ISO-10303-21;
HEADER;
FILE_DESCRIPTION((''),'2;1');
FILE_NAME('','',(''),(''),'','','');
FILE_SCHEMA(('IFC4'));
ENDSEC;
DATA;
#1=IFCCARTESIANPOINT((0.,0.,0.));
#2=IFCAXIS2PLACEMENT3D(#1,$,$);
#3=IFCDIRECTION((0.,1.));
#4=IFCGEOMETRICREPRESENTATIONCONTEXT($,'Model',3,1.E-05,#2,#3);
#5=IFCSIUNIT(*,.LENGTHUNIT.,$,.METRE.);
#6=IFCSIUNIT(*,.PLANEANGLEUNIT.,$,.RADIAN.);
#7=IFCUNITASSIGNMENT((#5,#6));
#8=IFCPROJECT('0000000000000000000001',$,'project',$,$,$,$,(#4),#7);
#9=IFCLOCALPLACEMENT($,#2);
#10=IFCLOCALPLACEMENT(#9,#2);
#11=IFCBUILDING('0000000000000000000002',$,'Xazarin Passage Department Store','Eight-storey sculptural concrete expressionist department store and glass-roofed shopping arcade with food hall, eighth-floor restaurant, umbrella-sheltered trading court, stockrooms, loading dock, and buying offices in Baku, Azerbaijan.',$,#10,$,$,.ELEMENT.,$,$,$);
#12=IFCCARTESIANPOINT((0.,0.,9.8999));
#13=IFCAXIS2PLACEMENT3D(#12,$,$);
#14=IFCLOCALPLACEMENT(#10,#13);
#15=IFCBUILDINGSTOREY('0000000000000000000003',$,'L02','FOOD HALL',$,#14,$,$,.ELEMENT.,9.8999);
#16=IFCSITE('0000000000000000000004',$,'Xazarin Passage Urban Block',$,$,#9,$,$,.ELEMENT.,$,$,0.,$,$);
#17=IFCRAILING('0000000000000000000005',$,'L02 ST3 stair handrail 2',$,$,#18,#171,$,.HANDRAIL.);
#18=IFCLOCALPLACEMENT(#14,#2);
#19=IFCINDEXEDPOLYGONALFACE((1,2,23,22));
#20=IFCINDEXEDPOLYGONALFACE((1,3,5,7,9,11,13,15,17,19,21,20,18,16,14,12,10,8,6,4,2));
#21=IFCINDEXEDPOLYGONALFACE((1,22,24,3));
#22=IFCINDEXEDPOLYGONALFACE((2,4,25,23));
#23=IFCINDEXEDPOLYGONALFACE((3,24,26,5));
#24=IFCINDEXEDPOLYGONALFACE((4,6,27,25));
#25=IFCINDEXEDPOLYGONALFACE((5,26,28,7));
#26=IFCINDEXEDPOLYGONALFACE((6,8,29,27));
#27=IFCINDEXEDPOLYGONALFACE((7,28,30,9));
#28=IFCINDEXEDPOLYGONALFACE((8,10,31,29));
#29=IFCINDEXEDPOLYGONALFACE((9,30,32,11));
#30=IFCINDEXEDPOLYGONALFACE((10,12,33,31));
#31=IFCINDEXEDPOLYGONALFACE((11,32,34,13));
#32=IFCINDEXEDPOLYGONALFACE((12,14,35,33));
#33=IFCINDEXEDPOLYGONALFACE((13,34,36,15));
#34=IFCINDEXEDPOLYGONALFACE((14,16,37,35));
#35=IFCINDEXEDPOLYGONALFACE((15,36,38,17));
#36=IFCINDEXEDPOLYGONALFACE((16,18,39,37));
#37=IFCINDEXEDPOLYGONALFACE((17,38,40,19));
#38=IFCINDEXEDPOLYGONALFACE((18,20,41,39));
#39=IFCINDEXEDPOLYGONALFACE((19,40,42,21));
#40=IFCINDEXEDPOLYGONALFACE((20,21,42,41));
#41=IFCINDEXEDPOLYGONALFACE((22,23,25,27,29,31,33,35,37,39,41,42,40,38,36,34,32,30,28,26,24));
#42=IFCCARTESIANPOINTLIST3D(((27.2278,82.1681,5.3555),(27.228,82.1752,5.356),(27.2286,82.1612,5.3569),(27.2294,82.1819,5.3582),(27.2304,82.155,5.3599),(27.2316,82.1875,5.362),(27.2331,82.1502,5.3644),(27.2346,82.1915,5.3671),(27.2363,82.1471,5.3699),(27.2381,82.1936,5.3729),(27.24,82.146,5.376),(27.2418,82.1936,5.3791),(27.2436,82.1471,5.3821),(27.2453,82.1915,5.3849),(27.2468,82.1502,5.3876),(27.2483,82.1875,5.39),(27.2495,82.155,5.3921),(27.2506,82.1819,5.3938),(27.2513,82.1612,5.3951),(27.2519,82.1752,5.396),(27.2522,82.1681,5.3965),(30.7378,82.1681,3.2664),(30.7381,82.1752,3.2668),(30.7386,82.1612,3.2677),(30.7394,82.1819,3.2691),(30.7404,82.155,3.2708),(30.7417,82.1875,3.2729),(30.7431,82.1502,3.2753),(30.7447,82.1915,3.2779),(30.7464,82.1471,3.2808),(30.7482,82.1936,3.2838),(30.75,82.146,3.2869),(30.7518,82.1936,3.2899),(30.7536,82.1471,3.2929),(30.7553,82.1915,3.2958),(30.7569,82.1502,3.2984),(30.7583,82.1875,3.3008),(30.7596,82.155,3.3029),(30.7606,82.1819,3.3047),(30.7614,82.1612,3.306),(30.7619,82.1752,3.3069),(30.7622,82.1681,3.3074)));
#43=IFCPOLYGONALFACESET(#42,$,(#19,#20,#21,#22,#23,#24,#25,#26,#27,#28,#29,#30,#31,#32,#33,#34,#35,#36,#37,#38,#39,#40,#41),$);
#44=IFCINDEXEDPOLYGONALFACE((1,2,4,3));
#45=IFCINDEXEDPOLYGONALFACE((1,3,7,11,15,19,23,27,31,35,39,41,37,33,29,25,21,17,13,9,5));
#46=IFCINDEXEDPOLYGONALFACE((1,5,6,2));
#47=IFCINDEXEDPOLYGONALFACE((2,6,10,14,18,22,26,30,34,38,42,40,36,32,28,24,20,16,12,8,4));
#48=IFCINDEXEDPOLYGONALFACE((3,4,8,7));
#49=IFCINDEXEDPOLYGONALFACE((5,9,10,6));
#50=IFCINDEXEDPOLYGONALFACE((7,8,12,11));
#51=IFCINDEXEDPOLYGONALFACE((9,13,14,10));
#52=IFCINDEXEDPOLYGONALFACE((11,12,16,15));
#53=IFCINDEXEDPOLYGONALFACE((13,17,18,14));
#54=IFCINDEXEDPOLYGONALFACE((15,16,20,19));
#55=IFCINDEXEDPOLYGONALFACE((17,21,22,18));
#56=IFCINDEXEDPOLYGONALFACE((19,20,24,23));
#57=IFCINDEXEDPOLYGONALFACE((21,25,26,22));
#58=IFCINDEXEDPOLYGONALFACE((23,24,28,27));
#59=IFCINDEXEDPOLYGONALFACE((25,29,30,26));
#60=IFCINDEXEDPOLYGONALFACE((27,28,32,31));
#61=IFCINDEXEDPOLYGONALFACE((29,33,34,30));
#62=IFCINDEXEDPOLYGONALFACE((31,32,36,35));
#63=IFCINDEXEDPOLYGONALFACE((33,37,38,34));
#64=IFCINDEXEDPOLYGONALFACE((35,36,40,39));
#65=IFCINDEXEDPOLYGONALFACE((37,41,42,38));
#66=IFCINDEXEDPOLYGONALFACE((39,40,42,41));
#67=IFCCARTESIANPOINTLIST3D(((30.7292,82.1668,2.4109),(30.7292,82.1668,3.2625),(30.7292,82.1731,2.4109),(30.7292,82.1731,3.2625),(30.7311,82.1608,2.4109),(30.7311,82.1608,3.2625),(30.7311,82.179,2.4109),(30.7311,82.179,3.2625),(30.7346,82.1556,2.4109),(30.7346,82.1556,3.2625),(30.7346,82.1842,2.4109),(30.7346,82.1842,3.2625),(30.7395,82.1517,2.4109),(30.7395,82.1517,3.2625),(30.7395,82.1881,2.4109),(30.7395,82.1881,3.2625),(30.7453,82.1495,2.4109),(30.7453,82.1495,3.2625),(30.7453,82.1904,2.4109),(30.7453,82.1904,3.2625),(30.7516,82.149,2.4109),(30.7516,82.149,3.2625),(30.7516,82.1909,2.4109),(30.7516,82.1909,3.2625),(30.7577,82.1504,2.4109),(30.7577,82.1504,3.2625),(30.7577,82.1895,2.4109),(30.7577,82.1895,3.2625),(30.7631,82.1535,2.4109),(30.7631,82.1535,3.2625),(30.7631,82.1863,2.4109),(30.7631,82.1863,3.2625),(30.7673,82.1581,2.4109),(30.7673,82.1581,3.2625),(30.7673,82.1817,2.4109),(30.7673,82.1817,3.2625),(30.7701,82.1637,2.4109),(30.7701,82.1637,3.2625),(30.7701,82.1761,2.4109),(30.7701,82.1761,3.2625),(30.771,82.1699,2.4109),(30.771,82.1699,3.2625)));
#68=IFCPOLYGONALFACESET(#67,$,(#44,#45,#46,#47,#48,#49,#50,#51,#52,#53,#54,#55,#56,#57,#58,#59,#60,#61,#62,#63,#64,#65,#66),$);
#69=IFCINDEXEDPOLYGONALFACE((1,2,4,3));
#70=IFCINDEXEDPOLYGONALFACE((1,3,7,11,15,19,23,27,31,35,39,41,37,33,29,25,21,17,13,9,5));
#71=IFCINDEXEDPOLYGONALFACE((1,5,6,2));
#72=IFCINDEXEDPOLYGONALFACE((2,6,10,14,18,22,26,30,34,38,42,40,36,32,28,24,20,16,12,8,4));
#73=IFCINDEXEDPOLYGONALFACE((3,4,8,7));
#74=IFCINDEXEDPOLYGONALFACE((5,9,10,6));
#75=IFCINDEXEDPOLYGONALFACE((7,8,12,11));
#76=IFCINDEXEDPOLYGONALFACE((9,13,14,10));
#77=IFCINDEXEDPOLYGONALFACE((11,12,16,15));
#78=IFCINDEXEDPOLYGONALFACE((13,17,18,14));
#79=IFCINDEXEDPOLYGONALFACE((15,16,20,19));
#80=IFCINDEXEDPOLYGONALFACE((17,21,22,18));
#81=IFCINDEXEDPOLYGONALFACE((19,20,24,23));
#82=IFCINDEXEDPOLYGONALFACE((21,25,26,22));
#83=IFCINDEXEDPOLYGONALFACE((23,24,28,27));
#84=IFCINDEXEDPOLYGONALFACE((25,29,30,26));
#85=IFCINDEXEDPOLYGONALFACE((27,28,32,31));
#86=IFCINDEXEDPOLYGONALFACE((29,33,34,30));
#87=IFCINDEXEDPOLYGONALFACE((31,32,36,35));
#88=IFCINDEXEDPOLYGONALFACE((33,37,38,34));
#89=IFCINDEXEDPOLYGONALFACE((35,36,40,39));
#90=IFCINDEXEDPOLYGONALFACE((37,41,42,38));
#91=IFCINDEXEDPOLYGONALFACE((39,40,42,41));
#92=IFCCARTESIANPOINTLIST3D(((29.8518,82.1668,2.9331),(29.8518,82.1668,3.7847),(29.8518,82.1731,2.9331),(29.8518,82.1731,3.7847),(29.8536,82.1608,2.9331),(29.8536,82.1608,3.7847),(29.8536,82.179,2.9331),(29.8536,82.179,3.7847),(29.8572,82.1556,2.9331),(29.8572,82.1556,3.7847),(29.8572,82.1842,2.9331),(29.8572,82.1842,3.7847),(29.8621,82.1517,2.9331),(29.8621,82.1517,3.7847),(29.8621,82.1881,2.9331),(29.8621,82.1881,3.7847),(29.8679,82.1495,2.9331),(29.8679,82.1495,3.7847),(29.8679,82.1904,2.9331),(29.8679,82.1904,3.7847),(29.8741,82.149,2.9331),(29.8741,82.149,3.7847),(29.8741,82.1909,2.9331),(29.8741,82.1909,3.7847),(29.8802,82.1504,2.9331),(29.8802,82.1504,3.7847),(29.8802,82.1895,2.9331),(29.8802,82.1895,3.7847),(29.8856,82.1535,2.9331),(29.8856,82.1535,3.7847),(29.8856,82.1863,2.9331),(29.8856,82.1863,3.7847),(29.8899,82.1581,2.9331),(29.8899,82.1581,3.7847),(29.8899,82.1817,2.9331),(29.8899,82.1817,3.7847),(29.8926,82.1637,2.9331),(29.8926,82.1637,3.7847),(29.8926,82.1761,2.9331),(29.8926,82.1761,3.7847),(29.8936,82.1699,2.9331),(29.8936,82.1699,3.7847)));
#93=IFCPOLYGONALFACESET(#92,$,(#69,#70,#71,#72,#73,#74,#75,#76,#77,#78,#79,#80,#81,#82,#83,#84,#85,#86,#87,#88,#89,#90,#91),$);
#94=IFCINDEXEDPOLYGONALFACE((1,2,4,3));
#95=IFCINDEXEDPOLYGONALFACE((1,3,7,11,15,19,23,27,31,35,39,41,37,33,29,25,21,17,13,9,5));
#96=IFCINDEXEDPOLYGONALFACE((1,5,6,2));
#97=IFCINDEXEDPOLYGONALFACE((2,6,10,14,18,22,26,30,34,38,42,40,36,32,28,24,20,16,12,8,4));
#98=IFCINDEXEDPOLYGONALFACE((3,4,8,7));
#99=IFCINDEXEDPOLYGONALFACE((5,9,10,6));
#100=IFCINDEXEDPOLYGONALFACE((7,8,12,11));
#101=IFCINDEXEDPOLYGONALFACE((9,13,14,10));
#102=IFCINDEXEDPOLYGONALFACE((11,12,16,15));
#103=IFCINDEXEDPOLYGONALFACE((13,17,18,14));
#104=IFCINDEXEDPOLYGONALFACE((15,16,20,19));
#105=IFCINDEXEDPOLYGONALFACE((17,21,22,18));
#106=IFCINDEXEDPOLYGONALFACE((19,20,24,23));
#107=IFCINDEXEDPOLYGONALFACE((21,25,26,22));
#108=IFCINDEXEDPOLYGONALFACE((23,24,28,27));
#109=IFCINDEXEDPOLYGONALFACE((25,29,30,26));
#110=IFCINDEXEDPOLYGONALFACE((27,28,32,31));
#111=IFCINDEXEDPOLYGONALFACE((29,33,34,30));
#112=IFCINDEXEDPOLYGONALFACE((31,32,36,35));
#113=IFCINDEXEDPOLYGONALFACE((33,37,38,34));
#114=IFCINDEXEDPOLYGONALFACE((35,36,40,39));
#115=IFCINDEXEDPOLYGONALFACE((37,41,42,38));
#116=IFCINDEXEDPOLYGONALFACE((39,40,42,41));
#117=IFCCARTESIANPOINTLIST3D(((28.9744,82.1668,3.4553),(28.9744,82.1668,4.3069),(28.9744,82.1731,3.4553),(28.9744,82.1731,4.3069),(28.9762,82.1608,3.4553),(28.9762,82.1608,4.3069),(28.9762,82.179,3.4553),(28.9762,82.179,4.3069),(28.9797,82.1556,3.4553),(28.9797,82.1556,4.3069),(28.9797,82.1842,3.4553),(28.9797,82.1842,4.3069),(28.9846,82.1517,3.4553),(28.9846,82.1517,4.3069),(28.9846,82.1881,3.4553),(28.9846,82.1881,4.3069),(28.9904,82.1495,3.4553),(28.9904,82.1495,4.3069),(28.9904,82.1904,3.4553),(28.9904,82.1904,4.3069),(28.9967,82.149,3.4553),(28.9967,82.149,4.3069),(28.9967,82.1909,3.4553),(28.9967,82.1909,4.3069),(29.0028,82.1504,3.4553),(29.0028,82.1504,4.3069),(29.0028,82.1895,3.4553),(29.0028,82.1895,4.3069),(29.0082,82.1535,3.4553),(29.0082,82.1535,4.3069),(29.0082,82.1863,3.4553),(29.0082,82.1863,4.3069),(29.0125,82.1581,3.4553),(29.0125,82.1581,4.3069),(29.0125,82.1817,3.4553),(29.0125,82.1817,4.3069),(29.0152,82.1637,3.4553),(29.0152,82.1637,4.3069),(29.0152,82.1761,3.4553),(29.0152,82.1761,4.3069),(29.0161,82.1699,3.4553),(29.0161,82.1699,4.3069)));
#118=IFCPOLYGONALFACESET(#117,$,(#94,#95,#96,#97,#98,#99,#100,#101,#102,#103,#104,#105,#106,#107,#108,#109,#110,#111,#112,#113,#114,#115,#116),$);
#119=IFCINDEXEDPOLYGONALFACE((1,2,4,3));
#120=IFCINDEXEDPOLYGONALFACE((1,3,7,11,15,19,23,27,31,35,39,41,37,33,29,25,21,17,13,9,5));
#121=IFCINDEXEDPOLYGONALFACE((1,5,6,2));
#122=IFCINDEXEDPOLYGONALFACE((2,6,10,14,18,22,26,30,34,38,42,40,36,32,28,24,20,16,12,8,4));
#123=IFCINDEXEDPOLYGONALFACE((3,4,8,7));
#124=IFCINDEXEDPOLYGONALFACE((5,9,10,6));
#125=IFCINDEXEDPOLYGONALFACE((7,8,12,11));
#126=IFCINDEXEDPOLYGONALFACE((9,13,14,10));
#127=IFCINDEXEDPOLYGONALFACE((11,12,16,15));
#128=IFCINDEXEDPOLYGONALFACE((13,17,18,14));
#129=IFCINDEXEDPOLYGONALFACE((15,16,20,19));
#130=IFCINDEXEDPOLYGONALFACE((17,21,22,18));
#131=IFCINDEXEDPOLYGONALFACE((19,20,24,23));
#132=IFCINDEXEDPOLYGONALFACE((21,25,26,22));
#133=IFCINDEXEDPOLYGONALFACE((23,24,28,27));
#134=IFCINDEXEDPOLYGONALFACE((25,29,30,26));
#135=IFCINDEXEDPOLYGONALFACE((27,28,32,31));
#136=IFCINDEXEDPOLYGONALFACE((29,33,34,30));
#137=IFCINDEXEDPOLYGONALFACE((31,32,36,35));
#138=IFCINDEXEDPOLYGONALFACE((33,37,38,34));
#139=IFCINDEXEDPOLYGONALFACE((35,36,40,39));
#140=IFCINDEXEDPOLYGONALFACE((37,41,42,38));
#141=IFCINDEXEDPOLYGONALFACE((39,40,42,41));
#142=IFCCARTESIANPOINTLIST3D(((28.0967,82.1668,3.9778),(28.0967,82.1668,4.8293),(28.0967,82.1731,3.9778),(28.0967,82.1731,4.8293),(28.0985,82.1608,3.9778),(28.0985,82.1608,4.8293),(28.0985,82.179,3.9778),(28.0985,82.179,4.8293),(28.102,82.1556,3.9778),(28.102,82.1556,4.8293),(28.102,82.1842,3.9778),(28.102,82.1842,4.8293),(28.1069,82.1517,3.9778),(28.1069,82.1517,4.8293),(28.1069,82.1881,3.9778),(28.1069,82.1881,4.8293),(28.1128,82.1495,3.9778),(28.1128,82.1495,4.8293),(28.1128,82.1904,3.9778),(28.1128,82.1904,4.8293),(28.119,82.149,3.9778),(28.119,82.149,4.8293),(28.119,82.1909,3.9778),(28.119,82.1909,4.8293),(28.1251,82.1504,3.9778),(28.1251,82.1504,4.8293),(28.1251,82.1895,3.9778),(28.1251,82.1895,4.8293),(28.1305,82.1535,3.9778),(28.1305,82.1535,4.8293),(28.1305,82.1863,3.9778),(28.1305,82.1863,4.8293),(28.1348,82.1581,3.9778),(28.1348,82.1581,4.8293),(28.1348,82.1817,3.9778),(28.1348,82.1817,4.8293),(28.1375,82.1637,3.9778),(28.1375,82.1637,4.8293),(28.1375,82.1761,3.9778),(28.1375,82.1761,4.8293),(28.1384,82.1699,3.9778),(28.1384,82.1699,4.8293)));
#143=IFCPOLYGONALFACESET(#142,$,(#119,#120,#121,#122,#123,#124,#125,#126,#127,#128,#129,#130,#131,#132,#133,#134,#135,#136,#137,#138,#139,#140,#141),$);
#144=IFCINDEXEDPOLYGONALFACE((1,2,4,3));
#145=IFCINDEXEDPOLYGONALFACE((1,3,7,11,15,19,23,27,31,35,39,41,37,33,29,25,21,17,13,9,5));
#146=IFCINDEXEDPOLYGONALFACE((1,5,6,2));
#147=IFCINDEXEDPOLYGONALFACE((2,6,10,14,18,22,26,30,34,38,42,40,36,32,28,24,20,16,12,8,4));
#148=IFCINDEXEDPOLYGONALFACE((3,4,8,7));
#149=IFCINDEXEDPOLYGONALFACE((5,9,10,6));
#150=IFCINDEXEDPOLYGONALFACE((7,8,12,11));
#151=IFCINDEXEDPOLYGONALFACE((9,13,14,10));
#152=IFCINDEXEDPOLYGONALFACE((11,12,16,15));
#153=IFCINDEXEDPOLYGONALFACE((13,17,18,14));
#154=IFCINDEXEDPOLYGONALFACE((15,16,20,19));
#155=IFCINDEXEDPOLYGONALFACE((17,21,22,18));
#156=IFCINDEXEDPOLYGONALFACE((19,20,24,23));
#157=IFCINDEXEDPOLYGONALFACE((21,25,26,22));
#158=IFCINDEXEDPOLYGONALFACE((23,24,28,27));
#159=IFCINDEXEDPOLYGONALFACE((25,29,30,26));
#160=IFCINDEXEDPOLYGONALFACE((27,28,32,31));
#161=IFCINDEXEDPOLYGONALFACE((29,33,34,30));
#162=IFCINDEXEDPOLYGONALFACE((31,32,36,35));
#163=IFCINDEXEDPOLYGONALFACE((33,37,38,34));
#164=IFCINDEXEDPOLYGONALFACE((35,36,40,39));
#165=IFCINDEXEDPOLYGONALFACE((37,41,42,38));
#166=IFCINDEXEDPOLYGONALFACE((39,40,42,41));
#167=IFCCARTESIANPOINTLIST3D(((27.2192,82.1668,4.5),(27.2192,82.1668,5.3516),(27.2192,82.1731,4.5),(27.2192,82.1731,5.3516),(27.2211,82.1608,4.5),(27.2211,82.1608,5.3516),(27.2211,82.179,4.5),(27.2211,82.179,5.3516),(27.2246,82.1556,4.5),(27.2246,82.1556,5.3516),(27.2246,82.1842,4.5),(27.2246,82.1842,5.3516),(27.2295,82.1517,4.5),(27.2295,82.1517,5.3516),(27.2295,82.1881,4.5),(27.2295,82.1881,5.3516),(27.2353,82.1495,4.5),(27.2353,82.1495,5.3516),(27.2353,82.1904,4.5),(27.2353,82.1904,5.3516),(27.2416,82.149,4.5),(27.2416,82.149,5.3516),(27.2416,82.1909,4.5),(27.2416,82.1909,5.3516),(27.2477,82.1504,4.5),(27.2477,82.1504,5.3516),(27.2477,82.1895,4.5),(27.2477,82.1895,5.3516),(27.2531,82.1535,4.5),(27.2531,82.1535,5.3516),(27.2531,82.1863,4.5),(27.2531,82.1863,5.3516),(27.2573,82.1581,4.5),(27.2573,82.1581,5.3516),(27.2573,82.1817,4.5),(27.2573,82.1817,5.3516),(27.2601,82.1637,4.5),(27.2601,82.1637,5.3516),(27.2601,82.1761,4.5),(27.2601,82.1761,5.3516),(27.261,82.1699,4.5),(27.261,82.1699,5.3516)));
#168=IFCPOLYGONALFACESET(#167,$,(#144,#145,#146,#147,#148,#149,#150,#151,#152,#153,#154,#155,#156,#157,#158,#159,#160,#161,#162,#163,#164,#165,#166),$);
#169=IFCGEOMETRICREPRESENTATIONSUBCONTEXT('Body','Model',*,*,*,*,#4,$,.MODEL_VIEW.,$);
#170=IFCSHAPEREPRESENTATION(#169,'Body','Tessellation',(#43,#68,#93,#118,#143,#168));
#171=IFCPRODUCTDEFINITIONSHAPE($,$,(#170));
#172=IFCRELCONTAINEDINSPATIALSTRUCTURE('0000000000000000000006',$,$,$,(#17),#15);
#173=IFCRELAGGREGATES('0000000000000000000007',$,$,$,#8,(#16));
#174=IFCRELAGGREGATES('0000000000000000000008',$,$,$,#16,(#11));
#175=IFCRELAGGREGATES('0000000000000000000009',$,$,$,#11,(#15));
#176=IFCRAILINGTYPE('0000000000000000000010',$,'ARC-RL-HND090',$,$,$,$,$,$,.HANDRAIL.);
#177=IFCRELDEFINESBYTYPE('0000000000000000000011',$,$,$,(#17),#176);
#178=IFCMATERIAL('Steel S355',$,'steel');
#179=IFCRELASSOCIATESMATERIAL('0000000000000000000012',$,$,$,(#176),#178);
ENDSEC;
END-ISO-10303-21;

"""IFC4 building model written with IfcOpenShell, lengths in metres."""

from ifc_helpers import new_model, si_unit, direction, frame, origin, origin_2d, place, context, subcontext, project, spatial, circle, extrude, material, type_object, element, save


model = new_model("IFC4")

# Units and contexts
model_context = context("Model", 3, precision=1e-05, world=origin(), true_north=direction((0.0, 1.0)))
body_context = subcontext(model_context, "Body", "Model", "MODEL_VIEW")
ifc_project = project(units=[si_unit("LENGTHUNIT", "METRE"), si_unit("PLANEANGLEUNIT", "RADIAN")], contexts=[model_context])

# Site, building, storey
site_placement = place(None, origin())
site = spatial("IfcSite", under=ifc_project, at=site_placement, Name="Xazarin Passage Urban Block", CompositionType="ELEMENT", RefElevation=0.0)
building_placement = place(site_placement, origin())
building = spatial("IfcBuilding", under=site, at=building_placement, Name="Xazarin Passage Department Store", Description="Eight-storey sculptural concrete expressionist department store and glass-roofed shopping arcade with food hall, eighth-floor restaurant, umbrella-sheltered trading court, stockrooms, loading dock, and buying offices in Baku, Azerbaijan.", CompositionType="ELEMENT")
storey_placement = place(building_placement, frame((0.0, 0.0, 9.8999)))
storey = spatial("IfcBuildingStorey", under=building, at=storey_placement, Name="L02", Description="FOOD HALL", CompositionType="ELEMENT", Elevation=9.8999)

# Shared definitions
ifc_material_1 = material(Name="Steel S355", Category="steel")

# Railing
railing_type_1 = type_object("IfcRailingType", Name="ARC-RL-HND090", PredefinedType="HANDRAIL", material=ifc_material_1)
railing_1_placement = place(storey_placement, frame((30.75, 82.1699, 2.4109)))
element("IfcRailing", 1, at=railing_1_placement, inside=storey, type_object=railing_type_1, Name="L02 ST3 stair handrail 2", PredefinedType="HANDRAIL", context=body_context, shape_type="SweptSolid", body=[
    extrude(circle(Radius=0.0239, at=origin_2d()), frame((0.0, 0.0, 0.876), z_axis=(-0.859312, 0.0, 0.511451), x_axis=(0.0, -1.0, 0.0)), (0.0, 0.0, 1.0), 4.0847),
    extrude(circle(Radius=0.021, at=origin_2d()), origin(), (0.0, 0.0, 1.0), 0.8516),
    extrude(circle(Radius=0.021, at=origin_2d()), frame((-0.8774, 0.0, 0.5222)), (0.0, 0.0, 1.0), 0.8516),
    extrude(circle(Radius=0.021, at=origin_2d()), frame((-1.7549, 0.0, 1.0444)), (0.0, 0.0, 1.0), 0.8516),
    extrude(circle(Radius=0.021, at=origin_2d()), frame((-2.6326, 0.0, 1.5669)), (0.0, 0.0, 1.0), 0.8516),
    extrude(circle(Radius=0.021, at=origin_2d()), frame((-3.51, 0.0, 2.0891)), (0.0, 0.0, 1.0), 0.8516),
])

save(model, "model.ifc")
